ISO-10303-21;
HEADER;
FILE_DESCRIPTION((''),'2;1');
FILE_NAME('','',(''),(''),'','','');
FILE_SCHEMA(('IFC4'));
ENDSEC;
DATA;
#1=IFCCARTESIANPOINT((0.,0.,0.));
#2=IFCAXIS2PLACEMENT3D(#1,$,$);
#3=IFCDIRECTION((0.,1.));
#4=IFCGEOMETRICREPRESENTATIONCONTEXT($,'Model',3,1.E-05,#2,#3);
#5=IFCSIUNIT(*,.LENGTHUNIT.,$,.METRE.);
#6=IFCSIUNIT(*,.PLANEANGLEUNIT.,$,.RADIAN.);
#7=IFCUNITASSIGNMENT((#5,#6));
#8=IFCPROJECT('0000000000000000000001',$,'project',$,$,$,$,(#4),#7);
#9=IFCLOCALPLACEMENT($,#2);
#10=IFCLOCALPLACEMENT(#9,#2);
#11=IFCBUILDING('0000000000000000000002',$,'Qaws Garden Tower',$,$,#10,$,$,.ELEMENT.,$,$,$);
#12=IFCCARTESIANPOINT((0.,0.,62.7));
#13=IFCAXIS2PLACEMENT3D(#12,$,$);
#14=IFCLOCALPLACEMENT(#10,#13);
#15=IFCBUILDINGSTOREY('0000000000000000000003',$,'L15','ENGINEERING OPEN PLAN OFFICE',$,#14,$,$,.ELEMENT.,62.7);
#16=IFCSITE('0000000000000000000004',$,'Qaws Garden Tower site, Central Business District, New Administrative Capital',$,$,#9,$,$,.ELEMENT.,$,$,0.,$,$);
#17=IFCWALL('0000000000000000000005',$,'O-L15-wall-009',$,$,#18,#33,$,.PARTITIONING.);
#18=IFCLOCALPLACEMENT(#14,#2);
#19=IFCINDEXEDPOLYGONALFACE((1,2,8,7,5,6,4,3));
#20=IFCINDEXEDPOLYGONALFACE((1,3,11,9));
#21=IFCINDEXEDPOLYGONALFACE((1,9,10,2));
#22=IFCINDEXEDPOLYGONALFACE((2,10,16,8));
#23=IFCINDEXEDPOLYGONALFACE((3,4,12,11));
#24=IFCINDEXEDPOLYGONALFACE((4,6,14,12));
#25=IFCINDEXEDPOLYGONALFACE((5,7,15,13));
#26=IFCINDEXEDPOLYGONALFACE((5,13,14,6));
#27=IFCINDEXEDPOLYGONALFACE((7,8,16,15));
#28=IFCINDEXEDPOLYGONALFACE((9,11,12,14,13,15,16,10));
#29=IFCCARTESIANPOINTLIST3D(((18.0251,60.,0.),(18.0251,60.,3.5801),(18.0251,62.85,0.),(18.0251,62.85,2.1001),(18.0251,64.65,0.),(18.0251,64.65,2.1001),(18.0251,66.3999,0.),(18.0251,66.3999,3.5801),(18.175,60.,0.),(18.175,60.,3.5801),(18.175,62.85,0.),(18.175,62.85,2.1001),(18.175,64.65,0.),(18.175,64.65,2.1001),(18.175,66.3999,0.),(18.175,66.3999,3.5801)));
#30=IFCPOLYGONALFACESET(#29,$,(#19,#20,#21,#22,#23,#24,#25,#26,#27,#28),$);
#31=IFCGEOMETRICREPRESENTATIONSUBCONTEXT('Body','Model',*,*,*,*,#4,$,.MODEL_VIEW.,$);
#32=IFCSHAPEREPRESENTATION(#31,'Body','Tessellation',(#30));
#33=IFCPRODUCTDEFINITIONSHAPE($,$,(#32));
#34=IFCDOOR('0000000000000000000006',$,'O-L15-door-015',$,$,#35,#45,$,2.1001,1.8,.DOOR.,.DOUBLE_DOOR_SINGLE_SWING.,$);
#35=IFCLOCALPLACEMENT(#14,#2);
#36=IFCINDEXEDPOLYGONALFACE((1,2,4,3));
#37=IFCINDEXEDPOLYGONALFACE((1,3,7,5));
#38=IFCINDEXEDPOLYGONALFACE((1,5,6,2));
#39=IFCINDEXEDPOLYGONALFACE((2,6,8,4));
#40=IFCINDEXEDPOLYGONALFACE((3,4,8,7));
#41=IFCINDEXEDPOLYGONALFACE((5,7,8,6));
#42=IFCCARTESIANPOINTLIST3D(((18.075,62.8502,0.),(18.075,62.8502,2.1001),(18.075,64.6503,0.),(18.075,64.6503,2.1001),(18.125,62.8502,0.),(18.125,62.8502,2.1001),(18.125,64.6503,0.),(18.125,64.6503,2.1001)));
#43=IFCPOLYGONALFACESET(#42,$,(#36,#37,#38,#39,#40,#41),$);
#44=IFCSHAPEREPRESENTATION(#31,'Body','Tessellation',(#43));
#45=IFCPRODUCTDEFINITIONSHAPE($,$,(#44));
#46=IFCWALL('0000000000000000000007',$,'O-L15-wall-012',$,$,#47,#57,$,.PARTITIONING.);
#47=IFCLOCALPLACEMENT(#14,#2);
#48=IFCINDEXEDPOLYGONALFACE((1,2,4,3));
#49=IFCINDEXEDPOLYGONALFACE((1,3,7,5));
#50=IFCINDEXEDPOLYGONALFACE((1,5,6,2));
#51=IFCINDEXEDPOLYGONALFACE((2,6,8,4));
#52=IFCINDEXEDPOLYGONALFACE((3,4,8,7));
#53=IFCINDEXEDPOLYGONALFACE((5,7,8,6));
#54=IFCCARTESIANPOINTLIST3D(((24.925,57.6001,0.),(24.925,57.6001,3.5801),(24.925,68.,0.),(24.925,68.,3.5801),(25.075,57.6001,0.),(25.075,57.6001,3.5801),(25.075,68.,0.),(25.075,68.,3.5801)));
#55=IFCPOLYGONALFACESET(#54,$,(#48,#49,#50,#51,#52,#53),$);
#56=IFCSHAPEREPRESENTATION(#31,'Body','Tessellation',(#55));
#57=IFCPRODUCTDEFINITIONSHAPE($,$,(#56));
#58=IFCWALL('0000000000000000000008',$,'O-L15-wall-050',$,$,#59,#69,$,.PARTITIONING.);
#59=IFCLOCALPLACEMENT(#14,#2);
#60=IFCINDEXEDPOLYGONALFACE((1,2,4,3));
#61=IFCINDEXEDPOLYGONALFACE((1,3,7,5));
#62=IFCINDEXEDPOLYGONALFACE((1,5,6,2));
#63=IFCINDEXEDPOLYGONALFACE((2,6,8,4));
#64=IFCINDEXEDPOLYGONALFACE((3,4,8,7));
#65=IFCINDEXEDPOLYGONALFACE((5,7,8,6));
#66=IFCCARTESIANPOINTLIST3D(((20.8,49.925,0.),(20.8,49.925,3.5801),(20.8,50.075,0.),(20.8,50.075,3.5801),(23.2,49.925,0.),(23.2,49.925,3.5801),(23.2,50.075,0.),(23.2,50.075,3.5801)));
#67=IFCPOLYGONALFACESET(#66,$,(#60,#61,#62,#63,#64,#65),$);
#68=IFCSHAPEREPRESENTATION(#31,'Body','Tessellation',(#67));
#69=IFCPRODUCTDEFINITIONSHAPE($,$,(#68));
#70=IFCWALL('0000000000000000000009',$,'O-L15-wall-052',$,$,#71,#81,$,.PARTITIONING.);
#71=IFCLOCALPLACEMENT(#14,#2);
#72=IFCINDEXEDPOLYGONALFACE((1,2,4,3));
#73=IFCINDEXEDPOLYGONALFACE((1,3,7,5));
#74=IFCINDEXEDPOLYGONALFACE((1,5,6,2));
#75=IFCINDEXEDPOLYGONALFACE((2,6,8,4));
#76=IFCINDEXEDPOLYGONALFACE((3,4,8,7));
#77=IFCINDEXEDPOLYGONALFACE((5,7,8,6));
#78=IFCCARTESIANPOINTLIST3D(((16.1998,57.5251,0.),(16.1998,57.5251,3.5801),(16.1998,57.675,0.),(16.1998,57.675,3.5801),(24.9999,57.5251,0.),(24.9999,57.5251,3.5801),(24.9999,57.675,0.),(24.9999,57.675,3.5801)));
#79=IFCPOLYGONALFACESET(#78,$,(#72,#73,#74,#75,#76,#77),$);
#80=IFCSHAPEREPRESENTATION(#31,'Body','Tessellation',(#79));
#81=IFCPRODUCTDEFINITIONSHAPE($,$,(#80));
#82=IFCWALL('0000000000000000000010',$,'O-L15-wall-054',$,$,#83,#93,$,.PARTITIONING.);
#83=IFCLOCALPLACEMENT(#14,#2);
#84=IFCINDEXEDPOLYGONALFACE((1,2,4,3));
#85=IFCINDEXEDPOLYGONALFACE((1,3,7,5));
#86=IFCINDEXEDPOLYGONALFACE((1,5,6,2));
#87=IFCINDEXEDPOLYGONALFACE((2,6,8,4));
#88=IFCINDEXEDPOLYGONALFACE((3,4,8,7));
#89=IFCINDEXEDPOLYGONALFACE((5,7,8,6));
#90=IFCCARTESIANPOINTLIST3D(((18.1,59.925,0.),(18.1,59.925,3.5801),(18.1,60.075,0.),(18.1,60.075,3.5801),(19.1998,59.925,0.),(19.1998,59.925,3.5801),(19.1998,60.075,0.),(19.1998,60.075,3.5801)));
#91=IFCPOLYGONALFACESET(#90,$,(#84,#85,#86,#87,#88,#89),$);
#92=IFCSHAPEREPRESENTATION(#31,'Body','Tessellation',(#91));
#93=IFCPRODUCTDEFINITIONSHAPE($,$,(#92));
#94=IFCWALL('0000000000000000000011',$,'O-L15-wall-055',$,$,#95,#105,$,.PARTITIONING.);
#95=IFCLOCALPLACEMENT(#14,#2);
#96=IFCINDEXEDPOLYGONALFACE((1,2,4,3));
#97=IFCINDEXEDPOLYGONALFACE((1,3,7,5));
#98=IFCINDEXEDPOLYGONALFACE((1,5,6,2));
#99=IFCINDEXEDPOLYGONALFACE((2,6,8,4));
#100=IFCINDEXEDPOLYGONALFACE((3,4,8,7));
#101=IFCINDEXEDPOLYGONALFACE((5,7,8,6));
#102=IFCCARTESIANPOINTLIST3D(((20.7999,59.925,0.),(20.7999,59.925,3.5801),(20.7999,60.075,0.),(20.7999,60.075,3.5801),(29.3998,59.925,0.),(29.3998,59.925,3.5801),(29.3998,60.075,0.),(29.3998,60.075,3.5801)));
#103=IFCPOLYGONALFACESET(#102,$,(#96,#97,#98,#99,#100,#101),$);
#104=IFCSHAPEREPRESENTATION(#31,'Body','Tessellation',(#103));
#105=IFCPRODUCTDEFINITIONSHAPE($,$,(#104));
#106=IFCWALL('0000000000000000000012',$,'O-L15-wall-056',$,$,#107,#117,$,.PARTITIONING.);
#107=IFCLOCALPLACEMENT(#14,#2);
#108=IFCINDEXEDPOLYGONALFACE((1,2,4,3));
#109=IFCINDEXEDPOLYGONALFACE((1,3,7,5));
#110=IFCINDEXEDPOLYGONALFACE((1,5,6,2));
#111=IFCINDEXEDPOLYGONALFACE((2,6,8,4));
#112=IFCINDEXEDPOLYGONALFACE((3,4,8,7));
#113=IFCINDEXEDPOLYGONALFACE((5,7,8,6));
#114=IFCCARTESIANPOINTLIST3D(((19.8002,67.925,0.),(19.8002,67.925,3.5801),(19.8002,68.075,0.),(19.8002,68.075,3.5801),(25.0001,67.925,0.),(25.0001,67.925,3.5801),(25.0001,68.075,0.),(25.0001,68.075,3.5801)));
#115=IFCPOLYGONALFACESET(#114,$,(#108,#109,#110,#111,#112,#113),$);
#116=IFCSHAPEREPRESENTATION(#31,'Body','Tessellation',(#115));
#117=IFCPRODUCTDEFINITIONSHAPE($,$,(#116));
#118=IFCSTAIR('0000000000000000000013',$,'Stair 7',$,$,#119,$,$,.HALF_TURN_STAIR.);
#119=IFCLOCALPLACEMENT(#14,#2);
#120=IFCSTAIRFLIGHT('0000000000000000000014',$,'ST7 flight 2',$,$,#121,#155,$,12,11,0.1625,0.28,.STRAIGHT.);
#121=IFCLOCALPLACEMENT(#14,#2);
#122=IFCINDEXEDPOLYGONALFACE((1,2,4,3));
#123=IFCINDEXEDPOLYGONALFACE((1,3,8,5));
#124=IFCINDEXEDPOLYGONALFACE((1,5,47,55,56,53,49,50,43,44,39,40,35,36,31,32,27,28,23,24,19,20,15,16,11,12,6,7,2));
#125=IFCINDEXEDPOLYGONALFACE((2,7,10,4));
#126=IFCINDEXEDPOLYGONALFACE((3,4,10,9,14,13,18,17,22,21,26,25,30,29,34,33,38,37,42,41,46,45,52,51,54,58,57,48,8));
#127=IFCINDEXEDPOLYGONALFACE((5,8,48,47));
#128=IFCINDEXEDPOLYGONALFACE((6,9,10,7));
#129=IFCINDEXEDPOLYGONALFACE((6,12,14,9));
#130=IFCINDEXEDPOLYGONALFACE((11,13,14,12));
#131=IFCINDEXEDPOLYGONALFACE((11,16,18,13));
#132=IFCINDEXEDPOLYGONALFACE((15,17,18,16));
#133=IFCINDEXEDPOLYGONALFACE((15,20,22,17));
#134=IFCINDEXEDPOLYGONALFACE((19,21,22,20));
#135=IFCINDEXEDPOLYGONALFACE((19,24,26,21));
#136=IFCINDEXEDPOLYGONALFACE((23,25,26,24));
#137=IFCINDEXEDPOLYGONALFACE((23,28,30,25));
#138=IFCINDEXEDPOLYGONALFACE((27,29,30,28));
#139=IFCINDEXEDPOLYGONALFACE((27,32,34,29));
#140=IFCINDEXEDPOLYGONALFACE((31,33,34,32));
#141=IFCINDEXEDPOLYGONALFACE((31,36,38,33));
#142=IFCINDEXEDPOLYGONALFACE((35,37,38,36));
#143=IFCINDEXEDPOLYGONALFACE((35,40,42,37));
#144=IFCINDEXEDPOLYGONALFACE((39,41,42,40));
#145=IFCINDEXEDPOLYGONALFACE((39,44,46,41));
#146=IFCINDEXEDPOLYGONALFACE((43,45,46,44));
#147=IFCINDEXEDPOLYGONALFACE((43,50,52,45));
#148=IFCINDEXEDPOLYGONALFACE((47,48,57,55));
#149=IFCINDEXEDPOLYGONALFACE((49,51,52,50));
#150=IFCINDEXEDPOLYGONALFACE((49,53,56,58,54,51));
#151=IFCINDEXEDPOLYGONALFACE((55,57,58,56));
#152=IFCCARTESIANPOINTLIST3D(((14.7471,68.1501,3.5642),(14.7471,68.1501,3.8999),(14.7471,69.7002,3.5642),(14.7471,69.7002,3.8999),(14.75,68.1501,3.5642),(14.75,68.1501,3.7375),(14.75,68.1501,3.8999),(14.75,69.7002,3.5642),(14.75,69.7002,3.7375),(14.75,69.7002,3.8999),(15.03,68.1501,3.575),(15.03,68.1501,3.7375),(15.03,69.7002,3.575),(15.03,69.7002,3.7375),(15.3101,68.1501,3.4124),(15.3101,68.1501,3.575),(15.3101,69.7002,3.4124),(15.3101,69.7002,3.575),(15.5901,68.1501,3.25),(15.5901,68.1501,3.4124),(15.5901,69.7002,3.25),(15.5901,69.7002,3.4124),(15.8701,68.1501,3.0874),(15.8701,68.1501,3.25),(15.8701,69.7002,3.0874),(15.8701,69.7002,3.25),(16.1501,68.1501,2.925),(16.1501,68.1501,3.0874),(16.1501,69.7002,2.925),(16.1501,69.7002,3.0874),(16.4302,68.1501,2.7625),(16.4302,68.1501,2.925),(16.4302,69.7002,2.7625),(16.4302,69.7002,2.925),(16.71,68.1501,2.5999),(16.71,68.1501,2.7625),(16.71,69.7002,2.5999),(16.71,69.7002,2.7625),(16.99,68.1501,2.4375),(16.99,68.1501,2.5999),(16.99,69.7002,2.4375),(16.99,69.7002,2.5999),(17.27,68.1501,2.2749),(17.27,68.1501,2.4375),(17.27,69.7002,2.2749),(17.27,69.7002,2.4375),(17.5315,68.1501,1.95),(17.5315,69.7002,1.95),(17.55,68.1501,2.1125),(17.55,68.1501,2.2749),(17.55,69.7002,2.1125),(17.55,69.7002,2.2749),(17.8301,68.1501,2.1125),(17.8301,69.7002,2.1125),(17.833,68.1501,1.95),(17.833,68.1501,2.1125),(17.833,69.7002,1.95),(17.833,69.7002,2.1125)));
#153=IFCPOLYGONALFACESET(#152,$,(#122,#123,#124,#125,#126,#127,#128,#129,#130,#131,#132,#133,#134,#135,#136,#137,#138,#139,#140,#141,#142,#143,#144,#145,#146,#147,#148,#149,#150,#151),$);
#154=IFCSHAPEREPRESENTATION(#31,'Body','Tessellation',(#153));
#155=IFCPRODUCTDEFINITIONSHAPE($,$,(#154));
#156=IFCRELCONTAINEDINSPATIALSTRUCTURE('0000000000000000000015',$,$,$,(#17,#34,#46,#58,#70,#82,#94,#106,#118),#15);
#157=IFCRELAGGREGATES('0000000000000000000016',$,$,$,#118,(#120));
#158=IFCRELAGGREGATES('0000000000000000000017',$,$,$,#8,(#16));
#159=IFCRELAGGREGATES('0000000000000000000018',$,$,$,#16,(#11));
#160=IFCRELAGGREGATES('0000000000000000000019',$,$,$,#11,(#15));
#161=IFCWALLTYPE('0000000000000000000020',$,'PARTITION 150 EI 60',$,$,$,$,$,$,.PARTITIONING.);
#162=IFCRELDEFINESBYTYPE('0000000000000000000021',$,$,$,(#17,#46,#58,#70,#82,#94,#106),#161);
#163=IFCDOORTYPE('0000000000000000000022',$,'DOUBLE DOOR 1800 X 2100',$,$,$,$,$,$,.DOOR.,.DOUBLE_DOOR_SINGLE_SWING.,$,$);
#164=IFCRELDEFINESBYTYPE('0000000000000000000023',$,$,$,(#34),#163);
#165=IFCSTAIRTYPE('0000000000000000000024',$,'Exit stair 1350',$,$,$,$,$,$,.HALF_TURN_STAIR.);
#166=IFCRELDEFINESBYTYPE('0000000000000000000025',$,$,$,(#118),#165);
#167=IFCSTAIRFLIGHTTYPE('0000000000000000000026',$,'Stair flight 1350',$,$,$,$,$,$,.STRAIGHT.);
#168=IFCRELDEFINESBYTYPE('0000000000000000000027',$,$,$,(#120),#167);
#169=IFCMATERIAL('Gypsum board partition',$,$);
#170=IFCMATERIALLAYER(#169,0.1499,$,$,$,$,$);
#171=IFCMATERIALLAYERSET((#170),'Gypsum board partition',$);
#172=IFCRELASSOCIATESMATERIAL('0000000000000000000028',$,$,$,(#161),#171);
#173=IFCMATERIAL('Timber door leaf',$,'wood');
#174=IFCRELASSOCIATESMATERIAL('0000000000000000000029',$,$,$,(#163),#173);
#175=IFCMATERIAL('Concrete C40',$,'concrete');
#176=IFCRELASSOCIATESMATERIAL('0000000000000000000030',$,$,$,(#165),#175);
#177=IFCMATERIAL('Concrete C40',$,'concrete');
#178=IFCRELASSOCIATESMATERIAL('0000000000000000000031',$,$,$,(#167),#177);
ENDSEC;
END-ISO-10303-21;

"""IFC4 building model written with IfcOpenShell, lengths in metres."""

from ifc_helpers import new_model, si_unit, direction, frame, frame_2d, origin, place, context, subcontext, project, spatial, polyline, rectangle, outline, extrude, material, layer, layer_set, type_object, element, fill, aggregate, save


model = new_model("IFC4")

# Units and contexts
model_context = context("Model", 3, precision=1e-05, world=origin(), true_north=direction((0.0, 1.0)))
body_context = subcontext(model_context, "Body", "Model", "MODEL_VIEW")
ifc_project = project(units=[si_unit("LENGTHUNIT", "METRE"), si_unit("PLANEANGLEUNIT", "RADIAN")], contexts=[model_context])

# Site, building, storey
site_placement = place(None, origin())
site = spatial("IfcSite", under=ifc_project, at=site_placement, Name="Qaws Garden Tower site, Central Business District, New Administrative Capital", CompositionType="ELEMENT", RefElevation=0.0)
building_placement = place(site_placement, origin())
building = spatial("IfcBuilding", under=site, at=building_placement, Name="Qaws Garden Tower", CompositionType="ELEMENT")
storey_placement = place(building_placement, frame((0.0, 0.0, 62.7)))
storey = spatial("IfcBuildingStorey", under=building, at=storey_placement, Name="L15", Description="ENGINEERING OPEN PLAN OFFICE", CompositionType="ELEMENT", Elevation=62.7)

# Wall, opening, door
ifc_material_1 = material(Name="Gypsum board partition")
ifc_layer_1 = layer(ifc_material_1, 0.1499)
ifc_layer_set_1 = layer_set([ifc_layer_1], Name="Gypsum board partition")
wall_type_1 = type_object("IfcWallType", Name="PARTITION 150 EI 60", PredefinedType="PARTITIONING", material=ifc_layer_set_1)
wall_1_placement = place(storey_placement, frame((18.1001, 60.0, 0.0), z_axis=(0.0, 0.0, 1.0), x_axis=(0.0, 1.0, 0.0)))
wall_1 = element("IfcWall", 1, at=wall_1_placement, inside=storey, type_object=wall_type_1, Name="O-L15-wall-009", PredefinedType="PARTITIONING", context=body_context, shape_type="SweptSolid", body=[
    extrude(rectangle(XDim=6.3999, YDim=0.1499, at=frame_2d((3.2, 0.0))), origin(), (0.0, 0.0, 1.0), 3.5801),
])
opening_1_placement = place(wall_1_placement, frame((2.8501, 0.0, 0.0)))
opening_1 = element("IfcOpeningElement", 2, at=opening_1_placement, cuts=wall_1, PredefinedType="OPENING", context=body_context, shape_type="SweptSolid", body=[
    extrude(rectangle(XDim=1.8, YDim=2.1001, at=frame_2d((0.8999, 1.05))), frame((0.0, 0.085, 0.0), z_axis=(0.0, -1.0, 0.0), x_axis=(1.0, 0.0, 0.0)), (0.0, 0.0, 1.0), 0.1699),
])
ifc_material_2 = material(Name="Timber door leaf", Category="wood")
door_type = type_object("IfcDoorType", Name="DOUBLE DOOR 1800 X 2100", OperationType="DOUBLE_DOOR_SINGLE_SWING", PredefinedType="DOOR", material=ifc_material_2)
door_placement = place(opening_1_placement, frame((1.8, 0.0, 0.0), z_axis=(0.0, 0.0, 1.0), x_axis=(-1.0, 0.0, 0.0)))
door = element("IfcDoor", 3, at=door_placement, inside=storey, type_object=door_type, Name="O-L15-door-015", OperationType="DOUBLE_DOOR_SINGLE_SWING", OverallHeight=2.1001, OverallWidth=1.8, PredefinedType="DOOR", context=body_context, shape_type="SweptSolid", body=[
    extrude(rectangle(XDim=1.8, YDim=2.1001, at=frame_2d((0.8999, 1.05))), frame((0.0, 0.0249, 0.0), z_axis=(0.0, -1.0, 0.0), x_axis=(1.0, 0.0, 0.0)), (0.0, 0.0, 1.0), 0.05),
])
fill(opening_1, door)

# Walls
wall_2_placement = place(storey_placement, frame((25.0, 57.6001, 0.0), z_axis=(0.0, 0.0, 1.0), x_axis=(0.0, 1.0, 0.0)))
element("IfcWall", 4, at=wall_2_placement, inside=storey, type_object=wall_type_1, Name="O-L15-wall-012", PredefinedType="PARTITIONING", context=body_context, shape_type="SweptSolid", body=[
    extrude(rectangle(XDim=10.3999, YDim=0.1499, at=frame_2d((5.2, 0.0))), origin(), (0.0, 0.0, 1.0), 3.5801),
])
wall_3_placement = place(storey_placement, frame((20.8, 50.0, 0.0), z_axis=(0.0, 0.0, 1.0), x_axis=(1.0, 0.0, 0.0)))
element("IfcWall", 5, at=wall_3_placement, inside=storey, type_object=wall_type_1, Name="O-L15-wall-050", PredefinedType="PARTITIONING", context=body_context, shape_type="SweptSolid", body=[
    extrude(rectangle(XDim=2.3999, YDim=0.1499, at=frame_2d((1.2, 0.0))), origin(), (0.0, 0.0, 1.0), 3.5801),
])
wall_4_placement = place(storey_placement, frame((16.2, 57.6001, 0.0), z_axis=(0.0, 0.0, 1.0), x_axis=(1.0, 0.0, 0.0)))
element("IfcWall", 6, at=wall_4_placement, inside=storey, type_object=wall_type_1, Name="O-L15-wall-052", PredefinedType="PARTITIONING", context=body_context, shape_type="SweptSolid", body=[
    extrude(rectangle(XDim=8.8, YDim=0.1499, at=frame_2d((4.3999, 0.0))), origin(), (0.0, 0.0, 1.0), 3.5801),
])
wall_5_placement = place(storey_placement, frame((18.1001, 60.0, 0.0), z_axis=(0.0, 0.0, 1.0), x_axis=(1.0, 0.0, 0.0)))
element("IfcWall", 7, at=wall_5_placement, inside=storey, type_object=wall_type_1, Name="O-L15-wall-054", PredefinedType="PARTITIONING", context=body_context, shape_type="SweptSolid", body=[
    extrude(rectangle(XDim=1.0999, YDim=0.1499, at=frame_2d((0.5498, 0.0))), origin(), (0.0, 0.0, 1.0), 3.5801),
])
wall_6_placement = place(storey_placement, frame((20.8, 60.0, 0.0), z_axis=(0.0, 0.0, 1.0), x_axis=(1.0, 0.0, 0.0)))
element("IfcWall", 8, at=wall_6_placement, inside=storey, type_object=wall_type_1, Name="O-L15-wall-055", PredefinedType="PARTITIONING", context=body_context, shape_type="SweptSolid", body=[
    extrude(rectangle(XDim=8.5999, YDim=0.1499, at=frame_2d((4.2998, 0.0))), origin(), (0.0, 0.0, 1.0), 3.5801),
])
wall_7_placement = place(storey_placement, frame((19.8, 68.0, 0.0), z_axis=(0.0, 0.0, 1.0), x_axis=(1.0, 0.0, 0.0)))
element("IfcWall", 9, at=wall_7_placement, inside=storey, type_object=wall_type_1, Name="O-L15-wall-056", PredefinedType="PARTITIONING", context=body_context, shape_type="SweptSolid", body=[
    extrude(rectangle(XDim=5.2, YDim=0.1499, at=frame_2d((2.6001, 0.0))), origin(), (0.0, 0.0, 1.0), 3.5801),
])

# Stair, stair flight
ifc_material_3 = material(Name="Concrete C40", Category="concrete")
stair_type = type_object("IfcStairType", Name="Exit stair 1350", PredefinedType="HALF_TURN_STAIR", material=ifc_material_3)
stair_placement = place(storey_placement, origin())
stair = element("IfcStair", 10, at=stair_placement, inside=storey, type_object=stair_type, Name="Stair 7", PredefinedType="HALF_TURN_STAIR")
ifc_material_4 = material(Name="Concrete C40", Category="concrete")
stair_flight_type = type_object("IfcStairFlightType", Name="Stair flight 1350", PredefinedType="STRAIGHT", material=ifc_material_4)
stair_flight_placement = place(storey_placement, frame((17.8301, 68.925, 1.95), z_axis=(0.0, 0.0, 1.0), x_axis=(-1.0, 0.0, 0.0)))
stair_flight = element("IfcStairFlight", 11, at=stair_flight_placement, type_object=stair_flight_type, Name="ST7 flight 2", NumberOfRisers=12, NumberOfTreads=11, PredefinedType="STRAIGHT", RiserHeight=0.1625, TreadLength=0.28, context=body_context, shape_type="SweptSolid", body=[
    extrude(outline(polyline([(-0.0029, 0.0), (-0.0029, 0.1626), (0.0, 0.1626), (0.28, 0.1626), (0.28, 0.325), (0.5601, 0.325), (0.5601, 0.4875), (0.8401, 0.4875), (0.8401, 0.6499), (1.1201, 0.6499), (1.1201, 0.8125), (1.3999, 0.8125), (1.3999, 0.9751), (1.6799, 0.9751), (1.6799, 1.1375), (1.96, 1.1375), (1.96, 1.3), (2.24, 1.3), (2.24, 1.4624), (2.52, 1.4624), (2.52, 1.625), (2.8, 1.625), (2.8, 1.7876), (3.0801, 1.7876), (3.0801, 1.95), (3.083, 1.95), (3.083, 1.6143), (3.0801, 1.6143), (0.2986, 0.0), (-0.0029, 0.0)])), frame((0.0, 0.7749, 0.0), z_axis=(0.0, -1.0, 0.0), x_axis=(1.0, 0.0, 0.0)), (0.0, 0.0, 1.0), 1.55),
])
aggregate(stair, [stair_flight])

save(model, "model.ifc")
